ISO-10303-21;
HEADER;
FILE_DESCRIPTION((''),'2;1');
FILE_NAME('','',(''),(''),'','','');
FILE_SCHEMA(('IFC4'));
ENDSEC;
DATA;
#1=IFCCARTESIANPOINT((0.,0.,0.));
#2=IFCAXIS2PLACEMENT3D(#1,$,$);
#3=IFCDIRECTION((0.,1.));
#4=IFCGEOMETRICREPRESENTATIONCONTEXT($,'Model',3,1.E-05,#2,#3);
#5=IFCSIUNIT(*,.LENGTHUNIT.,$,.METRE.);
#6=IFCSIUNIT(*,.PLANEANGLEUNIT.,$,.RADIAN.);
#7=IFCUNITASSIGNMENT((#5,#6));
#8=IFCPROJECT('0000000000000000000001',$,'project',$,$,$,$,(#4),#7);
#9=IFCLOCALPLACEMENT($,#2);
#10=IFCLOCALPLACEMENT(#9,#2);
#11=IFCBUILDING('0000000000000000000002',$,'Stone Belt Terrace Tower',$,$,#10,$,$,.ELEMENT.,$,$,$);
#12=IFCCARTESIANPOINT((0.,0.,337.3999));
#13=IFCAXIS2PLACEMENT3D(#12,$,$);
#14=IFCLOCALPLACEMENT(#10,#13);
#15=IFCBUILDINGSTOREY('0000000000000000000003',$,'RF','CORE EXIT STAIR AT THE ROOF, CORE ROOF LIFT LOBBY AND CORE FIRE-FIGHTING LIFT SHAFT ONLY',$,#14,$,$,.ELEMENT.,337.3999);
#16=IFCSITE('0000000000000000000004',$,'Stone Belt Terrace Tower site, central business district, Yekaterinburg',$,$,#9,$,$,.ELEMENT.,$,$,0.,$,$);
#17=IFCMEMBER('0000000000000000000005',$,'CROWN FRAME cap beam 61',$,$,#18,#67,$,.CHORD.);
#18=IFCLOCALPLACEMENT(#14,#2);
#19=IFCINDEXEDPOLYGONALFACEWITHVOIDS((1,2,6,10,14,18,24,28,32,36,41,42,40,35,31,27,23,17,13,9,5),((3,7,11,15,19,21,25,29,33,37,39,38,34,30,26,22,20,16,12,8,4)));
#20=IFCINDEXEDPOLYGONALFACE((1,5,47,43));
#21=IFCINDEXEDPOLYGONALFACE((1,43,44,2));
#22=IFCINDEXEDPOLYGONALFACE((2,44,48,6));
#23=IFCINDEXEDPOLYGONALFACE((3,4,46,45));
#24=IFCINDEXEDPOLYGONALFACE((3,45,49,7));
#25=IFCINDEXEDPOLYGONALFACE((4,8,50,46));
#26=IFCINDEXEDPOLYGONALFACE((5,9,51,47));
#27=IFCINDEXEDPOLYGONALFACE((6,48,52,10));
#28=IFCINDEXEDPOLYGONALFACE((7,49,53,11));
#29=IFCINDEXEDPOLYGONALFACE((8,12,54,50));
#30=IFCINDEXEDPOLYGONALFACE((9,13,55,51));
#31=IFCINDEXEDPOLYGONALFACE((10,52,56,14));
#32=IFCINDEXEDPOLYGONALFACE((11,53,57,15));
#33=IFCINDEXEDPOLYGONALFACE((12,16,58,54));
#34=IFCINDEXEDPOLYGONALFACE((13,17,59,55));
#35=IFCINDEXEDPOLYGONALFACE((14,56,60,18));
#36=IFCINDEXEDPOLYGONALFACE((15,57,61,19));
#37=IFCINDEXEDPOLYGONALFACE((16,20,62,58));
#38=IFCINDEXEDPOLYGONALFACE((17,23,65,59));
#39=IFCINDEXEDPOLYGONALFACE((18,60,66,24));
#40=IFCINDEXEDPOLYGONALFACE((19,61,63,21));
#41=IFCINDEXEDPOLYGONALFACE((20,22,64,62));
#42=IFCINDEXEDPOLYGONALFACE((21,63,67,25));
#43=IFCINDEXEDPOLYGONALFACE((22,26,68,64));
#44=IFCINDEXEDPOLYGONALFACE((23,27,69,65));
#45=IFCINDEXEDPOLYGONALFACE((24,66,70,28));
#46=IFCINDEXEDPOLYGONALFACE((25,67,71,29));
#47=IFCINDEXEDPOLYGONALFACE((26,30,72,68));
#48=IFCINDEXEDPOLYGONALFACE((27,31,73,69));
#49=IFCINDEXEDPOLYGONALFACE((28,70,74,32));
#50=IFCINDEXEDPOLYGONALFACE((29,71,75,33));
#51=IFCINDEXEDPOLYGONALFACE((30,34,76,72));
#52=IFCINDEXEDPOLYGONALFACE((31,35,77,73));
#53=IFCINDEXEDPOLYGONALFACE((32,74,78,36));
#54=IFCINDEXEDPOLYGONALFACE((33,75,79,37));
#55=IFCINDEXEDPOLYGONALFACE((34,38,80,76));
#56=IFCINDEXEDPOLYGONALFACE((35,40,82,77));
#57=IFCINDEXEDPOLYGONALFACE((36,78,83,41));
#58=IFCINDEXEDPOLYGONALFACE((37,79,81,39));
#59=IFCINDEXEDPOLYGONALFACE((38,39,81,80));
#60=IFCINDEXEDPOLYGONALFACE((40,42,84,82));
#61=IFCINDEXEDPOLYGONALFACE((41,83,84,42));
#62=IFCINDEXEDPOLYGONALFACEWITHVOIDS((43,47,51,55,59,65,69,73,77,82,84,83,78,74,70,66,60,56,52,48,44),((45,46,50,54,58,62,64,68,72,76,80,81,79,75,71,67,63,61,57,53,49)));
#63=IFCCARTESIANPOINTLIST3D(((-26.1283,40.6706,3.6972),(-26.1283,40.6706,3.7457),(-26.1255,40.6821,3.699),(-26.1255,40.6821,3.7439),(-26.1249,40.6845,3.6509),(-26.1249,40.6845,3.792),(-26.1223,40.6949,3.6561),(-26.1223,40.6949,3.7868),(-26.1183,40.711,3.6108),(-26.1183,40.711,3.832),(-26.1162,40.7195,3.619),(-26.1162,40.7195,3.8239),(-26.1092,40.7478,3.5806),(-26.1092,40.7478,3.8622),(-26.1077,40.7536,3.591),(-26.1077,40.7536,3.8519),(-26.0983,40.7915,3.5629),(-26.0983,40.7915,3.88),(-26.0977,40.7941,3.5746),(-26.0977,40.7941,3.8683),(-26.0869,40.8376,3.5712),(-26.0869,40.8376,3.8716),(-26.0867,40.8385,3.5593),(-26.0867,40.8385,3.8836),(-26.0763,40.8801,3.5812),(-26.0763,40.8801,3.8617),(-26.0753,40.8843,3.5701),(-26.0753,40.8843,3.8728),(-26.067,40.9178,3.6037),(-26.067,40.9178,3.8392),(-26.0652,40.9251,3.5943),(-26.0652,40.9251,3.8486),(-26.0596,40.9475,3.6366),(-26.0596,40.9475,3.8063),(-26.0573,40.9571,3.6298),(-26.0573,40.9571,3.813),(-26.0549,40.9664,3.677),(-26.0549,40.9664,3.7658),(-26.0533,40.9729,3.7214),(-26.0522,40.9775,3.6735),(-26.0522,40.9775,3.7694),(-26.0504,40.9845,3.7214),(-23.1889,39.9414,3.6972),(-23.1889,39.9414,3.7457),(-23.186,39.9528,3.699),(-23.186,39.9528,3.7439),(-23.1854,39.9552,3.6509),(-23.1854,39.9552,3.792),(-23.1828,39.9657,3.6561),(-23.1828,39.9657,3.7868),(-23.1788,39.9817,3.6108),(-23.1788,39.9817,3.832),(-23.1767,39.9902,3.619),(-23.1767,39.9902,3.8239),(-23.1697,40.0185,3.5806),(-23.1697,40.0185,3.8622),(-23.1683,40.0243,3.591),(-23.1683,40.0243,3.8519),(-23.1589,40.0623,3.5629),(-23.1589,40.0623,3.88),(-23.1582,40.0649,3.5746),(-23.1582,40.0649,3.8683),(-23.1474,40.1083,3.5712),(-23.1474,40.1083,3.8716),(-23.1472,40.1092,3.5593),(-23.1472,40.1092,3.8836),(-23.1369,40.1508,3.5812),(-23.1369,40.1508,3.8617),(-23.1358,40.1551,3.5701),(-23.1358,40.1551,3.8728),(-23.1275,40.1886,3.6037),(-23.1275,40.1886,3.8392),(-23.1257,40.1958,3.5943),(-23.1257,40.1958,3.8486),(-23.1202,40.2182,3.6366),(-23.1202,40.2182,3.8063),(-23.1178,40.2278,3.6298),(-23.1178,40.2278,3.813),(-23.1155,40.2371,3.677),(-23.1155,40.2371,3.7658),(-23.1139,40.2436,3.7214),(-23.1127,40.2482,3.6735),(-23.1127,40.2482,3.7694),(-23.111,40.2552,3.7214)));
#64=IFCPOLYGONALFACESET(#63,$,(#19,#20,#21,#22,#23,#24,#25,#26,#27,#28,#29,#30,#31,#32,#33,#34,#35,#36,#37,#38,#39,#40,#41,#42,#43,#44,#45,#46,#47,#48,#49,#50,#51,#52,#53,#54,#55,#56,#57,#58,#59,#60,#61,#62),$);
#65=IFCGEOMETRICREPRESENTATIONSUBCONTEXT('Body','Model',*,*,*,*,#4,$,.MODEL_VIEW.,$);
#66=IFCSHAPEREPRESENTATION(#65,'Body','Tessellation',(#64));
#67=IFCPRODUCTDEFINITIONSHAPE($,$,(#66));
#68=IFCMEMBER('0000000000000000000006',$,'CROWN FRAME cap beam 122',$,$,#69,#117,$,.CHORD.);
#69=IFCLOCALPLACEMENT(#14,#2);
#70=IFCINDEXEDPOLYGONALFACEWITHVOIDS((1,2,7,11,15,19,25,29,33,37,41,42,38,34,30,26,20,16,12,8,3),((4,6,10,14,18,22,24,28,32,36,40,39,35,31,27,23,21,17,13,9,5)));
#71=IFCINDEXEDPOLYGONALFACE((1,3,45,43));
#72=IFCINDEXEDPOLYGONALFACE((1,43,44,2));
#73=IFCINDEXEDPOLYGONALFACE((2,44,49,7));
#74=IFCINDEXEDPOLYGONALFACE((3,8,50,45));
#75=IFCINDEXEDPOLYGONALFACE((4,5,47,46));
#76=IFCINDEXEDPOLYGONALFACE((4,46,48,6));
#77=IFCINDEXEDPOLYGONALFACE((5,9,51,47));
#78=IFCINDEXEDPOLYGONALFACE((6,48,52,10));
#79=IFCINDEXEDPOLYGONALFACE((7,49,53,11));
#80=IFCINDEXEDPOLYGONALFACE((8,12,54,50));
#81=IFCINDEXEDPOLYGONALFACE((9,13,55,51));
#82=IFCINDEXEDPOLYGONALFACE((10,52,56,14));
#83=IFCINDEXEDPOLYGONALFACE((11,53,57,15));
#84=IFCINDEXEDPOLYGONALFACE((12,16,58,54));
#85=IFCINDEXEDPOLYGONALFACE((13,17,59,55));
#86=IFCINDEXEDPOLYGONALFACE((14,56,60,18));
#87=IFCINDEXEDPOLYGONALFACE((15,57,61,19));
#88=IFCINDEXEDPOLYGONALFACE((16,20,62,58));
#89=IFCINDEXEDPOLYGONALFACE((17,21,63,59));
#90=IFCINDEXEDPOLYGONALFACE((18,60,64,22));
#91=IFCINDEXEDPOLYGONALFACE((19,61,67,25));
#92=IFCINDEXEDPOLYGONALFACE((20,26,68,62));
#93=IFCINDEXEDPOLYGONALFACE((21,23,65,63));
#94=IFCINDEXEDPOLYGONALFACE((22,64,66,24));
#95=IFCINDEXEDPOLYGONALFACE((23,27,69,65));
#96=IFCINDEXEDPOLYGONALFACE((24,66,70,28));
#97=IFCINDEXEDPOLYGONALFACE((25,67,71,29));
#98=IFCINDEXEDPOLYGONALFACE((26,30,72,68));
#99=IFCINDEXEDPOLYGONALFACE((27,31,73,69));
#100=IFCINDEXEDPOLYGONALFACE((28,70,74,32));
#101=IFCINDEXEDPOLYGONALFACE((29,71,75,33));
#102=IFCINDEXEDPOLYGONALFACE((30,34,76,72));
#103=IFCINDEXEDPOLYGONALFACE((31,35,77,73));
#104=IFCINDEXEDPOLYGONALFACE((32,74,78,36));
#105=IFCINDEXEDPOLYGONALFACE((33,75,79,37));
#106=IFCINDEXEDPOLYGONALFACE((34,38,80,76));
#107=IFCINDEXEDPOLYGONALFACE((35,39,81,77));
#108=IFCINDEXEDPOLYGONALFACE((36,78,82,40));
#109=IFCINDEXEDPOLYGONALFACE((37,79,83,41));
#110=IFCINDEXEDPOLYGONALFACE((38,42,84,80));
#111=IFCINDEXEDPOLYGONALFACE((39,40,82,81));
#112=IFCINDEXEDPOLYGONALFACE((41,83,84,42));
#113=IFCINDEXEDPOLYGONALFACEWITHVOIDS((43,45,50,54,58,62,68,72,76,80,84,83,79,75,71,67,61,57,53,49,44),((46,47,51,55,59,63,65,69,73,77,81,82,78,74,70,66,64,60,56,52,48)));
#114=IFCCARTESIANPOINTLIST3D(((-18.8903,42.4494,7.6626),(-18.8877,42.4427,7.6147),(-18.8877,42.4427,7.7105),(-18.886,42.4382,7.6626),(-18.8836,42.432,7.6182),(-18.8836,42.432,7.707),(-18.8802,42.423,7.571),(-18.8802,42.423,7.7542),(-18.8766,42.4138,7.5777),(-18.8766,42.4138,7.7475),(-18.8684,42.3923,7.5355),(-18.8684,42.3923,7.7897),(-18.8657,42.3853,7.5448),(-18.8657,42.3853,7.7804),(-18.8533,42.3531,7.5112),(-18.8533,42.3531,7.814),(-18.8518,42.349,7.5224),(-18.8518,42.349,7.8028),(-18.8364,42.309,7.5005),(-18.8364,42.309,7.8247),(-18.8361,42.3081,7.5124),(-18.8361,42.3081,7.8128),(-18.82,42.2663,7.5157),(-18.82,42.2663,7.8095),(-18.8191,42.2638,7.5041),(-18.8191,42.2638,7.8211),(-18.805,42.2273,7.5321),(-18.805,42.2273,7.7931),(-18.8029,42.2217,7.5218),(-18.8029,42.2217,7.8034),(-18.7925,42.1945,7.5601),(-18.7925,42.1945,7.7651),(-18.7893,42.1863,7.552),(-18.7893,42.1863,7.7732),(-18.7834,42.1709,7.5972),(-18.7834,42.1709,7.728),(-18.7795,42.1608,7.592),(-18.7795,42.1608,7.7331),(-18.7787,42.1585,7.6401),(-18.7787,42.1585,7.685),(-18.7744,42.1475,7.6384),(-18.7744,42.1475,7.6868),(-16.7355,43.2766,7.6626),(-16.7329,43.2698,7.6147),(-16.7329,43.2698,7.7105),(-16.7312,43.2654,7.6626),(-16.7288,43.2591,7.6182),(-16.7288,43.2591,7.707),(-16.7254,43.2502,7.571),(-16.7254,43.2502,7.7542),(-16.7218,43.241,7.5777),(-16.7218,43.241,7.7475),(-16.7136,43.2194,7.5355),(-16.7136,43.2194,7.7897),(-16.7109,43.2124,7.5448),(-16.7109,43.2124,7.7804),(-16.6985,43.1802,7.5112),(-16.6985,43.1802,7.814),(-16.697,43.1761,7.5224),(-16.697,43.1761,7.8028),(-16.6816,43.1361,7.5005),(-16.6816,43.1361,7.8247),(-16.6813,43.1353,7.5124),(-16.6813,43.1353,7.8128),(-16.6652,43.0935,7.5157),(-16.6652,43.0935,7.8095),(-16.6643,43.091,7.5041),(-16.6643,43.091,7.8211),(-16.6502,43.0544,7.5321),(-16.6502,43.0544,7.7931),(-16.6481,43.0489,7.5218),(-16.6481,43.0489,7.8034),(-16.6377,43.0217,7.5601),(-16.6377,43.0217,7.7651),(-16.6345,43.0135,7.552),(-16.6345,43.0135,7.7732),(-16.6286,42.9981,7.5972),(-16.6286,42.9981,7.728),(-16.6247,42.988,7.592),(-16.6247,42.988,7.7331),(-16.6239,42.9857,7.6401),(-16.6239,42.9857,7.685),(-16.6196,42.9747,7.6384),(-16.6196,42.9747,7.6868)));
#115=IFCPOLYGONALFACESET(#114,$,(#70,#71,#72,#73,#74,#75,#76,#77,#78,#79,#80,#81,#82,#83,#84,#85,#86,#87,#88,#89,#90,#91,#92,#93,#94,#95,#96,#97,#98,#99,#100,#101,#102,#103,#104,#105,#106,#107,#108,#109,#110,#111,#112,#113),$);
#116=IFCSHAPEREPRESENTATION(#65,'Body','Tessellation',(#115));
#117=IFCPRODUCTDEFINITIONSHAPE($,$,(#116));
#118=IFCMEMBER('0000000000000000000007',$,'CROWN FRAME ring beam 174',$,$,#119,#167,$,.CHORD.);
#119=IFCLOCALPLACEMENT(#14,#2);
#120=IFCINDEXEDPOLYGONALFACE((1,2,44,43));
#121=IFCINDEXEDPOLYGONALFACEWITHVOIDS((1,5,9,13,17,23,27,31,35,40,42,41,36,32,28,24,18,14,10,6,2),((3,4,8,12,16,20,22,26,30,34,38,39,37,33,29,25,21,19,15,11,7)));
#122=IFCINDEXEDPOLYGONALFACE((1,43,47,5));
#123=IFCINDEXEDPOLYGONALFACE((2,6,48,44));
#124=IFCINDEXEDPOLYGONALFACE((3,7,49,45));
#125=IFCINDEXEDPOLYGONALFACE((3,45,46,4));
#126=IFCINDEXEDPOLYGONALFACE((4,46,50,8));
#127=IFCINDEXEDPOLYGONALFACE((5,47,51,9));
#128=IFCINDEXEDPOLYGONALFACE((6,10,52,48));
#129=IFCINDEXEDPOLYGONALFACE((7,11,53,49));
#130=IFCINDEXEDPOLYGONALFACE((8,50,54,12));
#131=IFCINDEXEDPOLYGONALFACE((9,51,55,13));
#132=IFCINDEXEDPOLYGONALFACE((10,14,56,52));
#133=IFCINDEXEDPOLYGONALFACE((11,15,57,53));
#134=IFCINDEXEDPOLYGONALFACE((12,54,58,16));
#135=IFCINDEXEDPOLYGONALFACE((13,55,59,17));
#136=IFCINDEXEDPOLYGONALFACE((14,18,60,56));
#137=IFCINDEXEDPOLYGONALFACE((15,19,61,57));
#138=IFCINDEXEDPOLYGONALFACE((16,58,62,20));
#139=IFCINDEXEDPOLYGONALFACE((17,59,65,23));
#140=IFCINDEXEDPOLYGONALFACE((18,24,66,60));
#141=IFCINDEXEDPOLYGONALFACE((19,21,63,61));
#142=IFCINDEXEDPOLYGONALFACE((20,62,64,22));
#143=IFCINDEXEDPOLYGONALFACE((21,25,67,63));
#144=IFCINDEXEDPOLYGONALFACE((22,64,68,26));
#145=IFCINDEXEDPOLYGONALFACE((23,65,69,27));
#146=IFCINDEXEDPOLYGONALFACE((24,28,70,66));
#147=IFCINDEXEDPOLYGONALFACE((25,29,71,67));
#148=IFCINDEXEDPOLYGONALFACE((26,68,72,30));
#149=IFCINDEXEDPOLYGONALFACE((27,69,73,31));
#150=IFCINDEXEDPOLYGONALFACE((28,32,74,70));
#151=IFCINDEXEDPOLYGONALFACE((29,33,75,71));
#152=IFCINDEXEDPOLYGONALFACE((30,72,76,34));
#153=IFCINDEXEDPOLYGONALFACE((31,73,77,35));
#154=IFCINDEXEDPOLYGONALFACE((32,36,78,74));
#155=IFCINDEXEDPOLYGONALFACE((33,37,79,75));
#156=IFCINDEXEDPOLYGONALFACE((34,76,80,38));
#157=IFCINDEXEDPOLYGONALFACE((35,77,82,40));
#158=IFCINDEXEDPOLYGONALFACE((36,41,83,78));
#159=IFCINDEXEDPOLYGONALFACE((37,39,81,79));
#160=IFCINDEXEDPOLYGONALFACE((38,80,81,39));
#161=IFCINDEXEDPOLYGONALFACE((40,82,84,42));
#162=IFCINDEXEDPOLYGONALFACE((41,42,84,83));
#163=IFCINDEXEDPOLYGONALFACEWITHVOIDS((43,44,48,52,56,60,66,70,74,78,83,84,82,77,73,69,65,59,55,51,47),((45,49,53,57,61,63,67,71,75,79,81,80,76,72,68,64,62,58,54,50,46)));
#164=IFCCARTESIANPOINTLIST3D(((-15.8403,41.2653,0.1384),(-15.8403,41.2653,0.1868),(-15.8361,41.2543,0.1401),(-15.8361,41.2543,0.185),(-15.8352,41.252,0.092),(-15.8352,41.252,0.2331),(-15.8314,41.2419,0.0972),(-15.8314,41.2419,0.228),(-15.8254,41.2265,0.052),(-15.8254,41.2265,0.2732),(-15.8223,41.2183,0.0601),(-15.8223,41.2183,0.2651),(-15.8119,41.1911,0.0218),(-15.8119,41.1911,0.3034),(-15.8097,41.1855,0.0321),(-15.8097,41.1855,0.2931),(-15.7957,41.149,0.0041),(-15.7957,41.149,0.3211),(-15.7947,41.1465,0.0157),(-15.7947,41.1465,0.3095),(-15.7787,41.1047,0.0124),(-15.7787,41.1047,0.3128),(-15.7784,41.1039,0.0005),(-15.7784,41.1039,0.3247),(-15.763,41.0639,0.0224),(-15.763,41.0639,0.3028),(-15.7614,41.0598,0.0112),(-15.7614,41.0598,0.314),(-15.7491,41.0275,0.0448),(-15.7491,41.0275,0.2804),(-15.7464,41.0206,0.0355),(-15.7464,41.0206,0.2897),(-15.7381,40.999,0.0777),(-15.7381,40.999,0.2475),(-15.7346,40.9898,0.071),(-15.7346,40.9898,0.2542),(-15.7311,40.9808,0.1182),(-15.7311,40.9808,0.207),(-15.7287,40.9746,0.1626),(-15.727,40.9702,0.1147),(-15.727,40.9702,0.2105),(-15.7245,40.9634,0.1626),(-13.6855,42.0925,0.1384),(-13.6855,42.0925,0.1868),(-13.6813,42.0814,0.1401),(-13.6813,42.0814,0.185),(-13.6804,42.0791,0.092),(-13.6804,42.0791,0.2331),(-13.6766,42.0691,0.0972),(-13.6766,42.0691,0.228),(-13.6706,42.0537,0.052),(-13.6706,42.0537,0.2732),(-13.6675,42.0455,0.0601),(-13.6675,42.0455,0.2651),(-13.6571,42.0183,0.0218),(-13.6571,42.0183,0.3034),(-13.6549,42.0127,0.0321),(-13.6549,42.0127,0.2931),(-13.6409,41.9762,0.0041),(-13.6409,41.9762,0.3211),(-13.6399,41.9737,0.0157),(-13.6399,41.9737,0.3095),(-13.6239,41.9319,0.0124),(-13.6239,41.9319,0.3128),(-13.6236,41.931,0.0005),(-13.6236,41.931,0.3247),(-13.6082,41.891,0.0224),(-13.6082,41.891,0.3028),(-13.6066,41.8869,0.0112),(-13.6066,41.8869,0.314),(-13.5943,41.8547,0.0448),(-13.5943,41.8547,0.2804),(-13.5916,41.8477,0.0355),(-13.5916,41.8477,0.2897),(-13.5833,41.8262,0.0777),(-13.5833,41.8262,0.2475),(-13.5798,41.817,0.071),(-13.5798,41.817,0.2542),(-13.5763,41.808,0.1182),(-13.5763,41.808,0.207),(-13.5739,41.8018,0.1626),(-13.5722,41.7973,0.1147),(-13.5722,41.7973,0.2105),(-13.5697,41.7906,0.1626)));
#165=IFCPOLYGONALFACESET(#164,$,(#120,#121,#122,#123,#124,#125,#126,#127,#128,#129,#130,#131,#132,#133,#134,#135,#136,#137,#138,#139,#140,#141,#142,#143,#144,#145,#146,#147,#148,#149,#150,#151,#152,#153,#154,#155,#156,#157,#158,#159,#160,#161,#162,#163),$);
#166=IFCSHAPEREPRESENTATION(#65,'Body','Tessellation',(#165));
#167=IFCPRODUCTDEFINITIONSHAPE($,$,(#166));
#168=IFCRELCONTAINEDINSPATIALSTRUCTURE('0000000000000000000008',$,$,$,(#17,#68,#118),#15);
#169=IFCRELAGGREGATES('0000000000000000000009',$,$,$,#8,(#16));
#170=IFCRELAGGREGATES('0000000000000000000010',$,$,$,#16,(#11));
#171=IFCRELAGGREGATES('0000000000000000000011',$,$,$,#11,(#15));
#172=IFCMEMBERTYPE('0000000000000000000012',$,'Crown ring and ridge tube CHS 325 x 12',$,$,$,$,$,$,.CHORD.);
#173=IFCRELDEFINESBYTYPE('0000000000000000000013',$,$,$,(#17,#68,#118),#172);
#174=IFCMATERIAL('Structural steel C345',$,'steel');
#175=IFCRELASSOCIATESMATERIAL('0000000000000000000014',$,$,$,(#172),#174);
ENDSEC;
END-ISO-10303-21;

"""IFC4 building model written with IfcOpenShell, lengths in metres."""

from ifc_helpers import new_model, si_unit, direction, frame, origin, origin_2d, place, context, subcontext, project, spatial, hollow_circle, extrude, material, material_profile, profile_set, type_object, element, save


model = new_model("IFC4")

# Units and contexts
model_context = context("Model", 3, precision=1e-05, world=origin(), true_north=direction((0.0, 1.0)))
body_context = subcontext(model_context, "Body", "Model", "MODEL_VIEW")
ifc_project = project(units=[si_unit("LENGTHUNIT", "METRE"), si_unit("PLANEANGLEUNIT", "RADIAN")], contexts=[model_context])

# Site, building, storey
site_placement = place(None, origin())
site = spatial("IfcSite", under=ifc_project, at=site_placement, Name="Stone Belt Terrace Tower site, central business district, Yekaterinburg", CompositionType="ELEMENT", RefElevation=0.0)
building_placement = place(site_placement, origin())
building = spatial("IfcBuilding", under=site, at=building_placement, Name="Stone Belt Terrace Tower", CompositionType="ELEMENT")
storey_placement = place(building_placement, frame((0.0, 0.0, 337.3999)))
storey = spatial("IfcBuildingStorey", under=building, at=storey_placement, Name="RF", Description="CORE EXIT STAIR AT THE ROOF, CORE ROOF LIFT LOBBY AND CORE FIRE-FIGHTING LIFT SHAFT ONLY", CompositionType="ELEMENT", Elevation=337.3999)

# Members
ifc_material_1 = material(Name="Structural steel C345", Category="steel")
ifc_material_profile_1 = material_profile(ifc_material_1, hollow_circle(Radius=0.1626, WallThickness=0.012, at=origin_2d()), Name="Structural steel C345 CHS 325x12")
ifc_profile_set_1 = profile_set([ifc_material_profile_1], Name="Structural steel C345")
member_type_1 = type_object("IfcMemberType", Name="Crown ring and ridge tube CHS 325 x 12", PredefinedType="CHORD", material=ifc_profile_set_1)
member_1_placement = place(storey_placement, frame((-26.0896, 40.8267, 3.7214), z_axis=(0.970577, -0.24079, 0.0), x_axis=(0.24079, 0.970577, 0.0)))
element("IfcMember", 1, at=member_1_placement, inside=storey, type_object=member_type_1, Name="CROWN FRAME cap beam 61", PredefinedType="CHORD", context=body_context, shape_type="SweptSolid", body=[
    extrude(hollow_circle(Radius=0.1626, WallThickness=0.012, at=origin_2d()), origin(), (0.0, 0.0, 1.0), 3.0286),
])
for number, where, z_axis, x_axis, name in (
    (2, (-18.832, 42.2976, 7.6626), (0.93358, 0.358369, 0.0), (-0.358369, 0.93358, 0.0), "CROWN FRAME cap beam 122"),
    (3, (-13.6279, 41.9424, 0.1626), (-0.93358, -0.358369, 0.0), (0.358369, -0.93358, 0.0), "CROWN FRAME ring beam 174"),
):
    element("IfcMember", number, at=place(storey_placement, frame(where, z_axis=z_axis, x_axis=x_axis)), inside=storey, type_object=member_type_1, Name=name, PredefinedType="CHORD", context=body_context, shape_type="SweptSolid", body=[
        extrude(hollow_circle(Radius=0.1626, WallThickness=0.012, at=origin_2d()), origin(), (0.0, 0.0, 1.0), 2.3081),
    ])

save(model, "model.ifc")
